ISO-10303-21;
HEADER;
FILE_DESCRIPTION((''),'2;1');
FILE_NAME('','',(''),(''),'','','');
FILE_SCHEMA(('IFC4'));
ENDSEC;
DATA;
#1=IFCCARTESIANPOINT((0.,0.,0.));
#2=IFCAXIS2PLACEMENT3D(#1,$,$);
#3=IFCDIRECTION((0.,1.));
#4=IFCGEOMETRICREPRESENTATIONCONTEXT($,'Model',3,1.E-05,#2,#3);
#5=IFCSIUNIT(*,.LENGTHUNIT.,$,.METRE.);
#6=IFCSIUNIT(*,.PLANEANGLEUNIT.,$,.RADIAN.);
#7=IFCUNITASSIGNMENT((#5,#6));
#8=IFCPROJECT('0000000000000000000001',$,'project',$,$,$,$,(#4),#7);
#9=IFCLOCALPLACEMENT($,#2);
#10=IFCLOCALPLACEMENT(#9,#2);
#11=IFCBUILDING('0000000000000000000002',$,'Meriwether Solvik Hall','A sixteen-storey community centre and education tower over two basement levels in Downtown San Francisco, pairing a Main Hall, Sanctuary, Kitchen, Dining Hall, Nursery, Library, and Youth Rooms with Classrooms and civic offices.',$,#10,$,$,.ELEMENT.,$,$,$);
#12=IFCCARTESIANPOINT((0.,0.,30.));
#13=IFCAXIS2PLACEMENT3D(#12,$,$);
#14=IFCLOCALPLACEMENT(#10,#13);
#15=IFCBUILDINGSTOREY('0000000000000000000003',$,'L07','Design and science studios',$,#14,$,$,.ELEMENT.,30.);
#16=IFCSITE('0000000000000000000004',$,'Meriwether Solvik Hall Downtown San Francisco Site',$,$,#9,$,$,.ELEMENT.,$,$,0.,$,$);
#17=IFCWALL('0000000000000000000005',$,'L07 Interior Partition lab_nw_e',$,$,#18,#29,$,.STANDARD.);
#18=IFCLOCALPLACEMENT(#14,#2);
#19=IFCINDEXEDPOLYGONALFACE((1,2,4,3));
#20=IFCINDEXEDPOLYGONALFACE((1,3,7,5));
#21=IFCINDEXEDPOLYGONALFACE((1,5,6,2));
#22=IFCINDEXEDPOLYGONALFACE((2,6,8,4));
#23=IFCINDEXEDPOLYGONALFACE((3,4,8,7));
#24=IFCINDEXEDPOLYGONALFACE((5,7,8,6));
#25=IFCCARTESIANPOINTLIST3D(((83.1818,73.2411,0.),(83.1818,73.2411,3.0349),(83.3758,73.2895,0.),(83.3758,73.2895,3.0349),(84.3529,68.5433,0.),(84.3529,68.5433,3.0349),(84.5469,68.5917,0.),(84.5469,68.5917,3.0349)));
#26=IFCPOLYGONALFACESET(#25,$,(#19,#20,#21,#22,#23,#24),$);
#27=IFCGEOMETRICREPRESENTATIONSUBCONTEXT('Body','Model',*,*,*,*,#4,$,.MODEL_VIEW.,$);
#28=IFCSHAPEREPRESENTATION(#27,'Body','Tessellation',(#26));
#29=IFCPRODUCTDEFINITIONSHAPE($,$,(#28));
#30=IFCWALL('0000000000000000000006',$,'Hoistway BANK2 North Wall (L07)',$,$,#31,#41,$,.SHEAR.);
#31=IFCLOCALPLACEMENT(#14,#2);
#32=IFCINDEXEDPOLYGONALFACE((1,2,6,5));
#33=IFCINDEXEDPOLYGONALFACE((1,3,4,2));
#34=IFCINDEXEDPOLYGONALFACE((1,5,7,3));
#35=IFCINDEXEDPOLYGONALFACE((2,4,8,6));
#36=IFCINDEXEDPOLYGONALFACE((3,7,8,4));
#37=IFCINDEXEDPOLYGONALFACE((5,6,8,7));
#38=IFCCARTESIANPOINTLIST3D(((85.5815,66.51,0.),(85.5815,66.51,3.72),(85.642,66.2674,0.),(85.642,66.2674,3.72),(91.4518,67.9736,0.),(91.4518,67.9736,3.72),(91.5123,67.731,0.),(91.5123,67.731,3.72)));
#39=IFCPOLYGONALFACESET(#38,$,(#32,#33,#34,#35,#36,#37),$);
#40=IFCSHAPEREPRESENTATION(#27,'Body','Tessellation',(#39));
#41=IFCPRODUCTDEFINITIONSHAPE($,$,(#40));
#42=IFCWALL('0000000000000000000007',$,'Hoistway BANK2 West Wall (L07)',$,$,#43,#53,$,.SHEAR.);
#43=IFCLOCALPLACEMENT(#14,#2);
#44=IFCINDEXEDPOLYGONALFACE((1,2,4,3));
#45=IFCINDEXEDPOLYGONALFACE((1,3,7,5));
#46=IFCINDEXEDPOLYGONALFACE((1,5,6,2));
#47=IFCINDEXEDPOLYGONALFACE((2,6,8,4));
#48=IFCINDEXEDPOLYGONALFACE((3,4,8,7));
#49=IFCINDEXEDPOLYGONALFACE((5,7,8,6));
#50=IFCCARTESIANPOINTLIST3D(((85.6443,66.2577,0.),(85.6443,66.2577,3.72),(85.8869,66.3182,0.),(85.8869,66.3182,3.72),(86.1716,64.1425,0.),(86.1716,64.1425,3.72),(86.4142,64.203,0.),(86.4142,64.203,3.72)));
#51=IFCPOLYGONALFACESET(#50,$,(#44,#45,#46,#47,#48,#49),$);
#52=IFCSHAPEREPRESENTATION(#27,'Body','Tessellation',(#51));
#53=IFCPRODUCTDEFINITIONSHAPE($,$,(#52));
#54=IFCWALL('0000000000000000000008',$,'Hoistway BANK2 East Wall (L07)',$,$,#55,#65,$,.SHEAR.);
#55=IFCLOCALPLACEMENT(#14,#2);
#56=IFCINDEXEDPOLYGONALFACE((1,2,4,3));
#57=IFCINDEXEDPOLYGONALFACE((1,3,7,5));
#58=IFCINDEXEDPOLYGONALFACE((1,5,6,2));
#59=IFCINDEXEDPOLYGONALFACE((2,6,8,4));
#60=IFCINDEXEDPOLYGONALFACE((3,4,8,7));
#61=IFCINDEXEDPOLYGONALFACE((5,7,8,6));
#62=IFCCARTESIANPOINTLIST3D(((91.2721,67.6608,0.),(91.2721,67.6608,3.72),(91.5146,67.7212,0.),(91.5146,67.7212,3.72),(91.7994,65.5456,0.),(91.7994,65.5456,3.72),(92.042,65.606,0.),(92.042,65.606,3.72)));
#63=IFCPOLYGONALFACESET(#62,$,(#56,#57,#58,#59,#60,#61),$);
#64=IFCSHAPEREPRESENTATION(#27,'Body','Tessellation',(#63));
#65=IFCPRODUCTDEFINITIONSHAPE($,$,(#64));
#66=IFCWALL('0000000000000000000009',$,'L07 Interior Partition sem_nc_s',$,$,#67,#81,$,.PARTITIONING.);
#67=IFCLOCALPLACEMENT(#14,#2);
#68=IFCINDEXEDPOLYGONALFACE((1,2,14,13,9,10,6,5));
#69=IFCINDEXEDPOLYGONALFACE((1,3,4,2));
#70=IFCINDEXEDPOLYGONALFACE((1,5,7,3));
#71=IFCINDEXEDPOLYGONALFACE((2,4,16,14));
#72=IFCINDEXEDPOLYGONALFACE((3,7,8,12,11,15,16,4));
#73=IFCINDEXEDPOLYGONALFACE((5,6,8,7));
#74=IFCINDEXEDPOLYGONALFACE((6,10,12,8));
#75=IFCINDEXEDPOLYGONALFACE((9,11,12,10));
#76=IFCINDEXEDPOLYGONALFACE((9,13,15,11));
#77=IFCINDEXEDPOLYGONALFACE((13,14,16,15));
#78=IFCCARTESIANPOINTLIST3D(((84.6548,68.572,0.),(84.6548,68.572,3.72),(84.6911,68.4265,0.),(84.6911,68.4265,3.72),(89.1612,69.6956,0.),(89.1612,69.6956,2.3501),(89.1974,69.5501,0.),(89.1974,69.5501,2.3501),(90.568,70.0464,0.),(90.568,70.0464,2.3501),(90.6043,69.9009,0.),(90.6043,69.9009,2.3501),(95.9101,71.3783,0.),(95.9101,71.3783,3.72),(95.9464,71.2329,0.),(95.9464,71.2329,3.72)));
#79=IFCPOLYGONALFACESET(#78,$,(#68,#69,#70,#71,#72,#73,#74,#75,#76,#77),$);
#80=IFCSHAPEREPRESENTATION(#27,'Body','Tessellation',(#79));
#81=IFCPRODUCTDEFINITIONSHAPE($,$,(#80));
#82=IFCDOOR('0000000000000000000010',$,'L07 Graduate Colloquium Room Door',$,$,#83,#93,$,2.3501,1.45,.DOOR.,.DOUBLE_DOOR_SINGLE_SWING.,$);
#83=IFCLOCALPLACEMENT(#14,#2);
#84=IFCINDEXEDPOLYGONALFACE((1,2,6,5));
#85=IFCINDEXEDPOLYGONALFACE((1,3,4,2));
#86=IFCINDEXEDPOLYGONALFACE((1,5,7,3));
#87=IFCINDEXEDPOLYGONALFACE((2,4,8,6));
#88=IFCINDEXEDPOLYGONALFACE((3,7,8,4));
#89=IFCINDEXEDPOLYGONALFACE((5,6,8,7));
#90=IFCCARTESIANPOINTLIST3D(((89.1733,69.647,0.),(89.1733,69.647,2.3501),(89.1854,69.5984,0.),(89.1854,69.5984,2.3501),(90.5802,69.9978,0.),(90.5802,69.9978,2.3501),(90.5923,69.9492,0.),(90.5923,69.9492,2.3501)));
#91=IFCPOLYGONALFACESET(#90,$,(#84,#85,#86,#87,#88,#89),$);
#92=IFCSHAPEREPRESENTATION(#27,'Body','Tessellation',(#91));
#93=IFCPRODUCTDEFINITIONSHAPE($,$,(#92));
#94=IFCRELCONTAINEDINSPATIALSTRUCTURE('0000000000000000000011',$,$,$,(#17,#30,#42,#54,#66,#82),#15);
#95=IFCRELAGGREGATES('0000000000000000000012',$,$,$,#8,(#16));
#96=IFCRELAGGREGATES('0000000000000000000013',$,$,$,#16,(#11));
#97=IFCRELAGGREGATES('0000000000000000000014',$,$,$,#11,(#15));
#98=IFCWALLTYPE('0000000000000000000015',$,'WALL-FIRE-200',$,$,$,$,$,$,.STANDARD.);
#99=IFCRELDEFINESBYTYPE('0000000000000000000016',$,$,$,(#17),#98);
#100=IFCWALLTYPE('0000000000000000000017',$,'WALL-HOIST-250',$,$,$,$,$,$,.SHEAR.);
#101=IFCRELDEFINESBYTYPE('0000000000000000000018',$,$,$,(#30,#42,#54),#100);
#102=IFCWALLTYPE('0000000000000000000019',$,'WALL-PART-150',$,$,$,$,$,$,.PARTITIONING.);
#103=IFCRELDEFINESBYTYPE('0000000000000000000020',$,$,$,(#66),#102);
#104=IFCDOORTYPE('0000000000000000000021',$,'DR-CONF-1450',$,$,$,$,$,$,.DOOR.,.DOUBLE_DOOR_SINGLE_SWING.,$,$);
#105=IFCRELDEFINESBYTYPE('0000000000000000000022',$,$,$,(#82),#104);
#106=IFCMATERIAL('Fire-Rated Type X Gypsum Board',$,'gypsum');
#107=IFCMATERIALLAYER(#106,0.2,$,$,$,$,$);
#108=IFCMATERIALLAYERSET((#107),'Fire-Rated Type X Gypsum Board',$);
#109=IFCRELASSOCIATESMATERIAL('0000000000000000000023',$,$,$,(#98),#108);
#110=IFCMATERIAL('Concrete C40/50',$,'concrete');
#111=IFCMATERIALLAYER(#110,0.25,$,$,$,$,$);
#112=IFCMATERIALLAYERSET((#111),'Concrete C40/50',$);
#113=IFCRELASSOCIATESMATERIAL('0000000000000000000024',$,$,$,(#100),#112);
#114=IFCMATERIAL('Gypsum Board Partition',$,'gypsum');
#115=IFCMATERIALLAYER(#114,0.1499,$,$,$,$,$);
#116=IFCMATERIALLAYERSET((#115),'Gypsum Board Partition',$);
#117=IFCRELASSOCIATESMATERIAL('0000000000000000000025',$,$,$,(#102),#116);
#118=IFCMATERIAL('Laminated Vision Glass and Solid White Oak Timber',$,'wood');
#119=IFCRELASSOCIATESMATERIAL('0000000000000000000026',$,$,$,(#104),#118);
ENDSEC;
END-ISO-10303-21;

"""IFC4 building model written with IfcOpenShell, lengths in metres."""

from ifc_helpers import new_model, si_unit, direction, frame, frame_2d, origin, place, context, subcontext, project, spatial, rectangle, extrude, material, layer, layer_set, type_object, element, fill, save


model = new_model("IFC4")

# Units and contexts
model_context = context("Model", 3, precision=1e-05, world=origin(), true_north=direction((0.0, 1.0)))
body_context = subcontext(model_context, "Body", "Model", "MODEL_VIEW")
ifc_project = project(units=[si_unit("LENGTHUNIT", "METRE"), si_unit("PLANEANGLEUNIT", "RADIAN")], contexts=[model_context])

# Site, building, storey
site_placement = place(None, origin())
site = spatial("IfcSite", under=ifc_project, at=site_placement, Name="Meriwether Solvik Hall Downtown San Francisco Site", CompositionType="ELEMENT", RefElevation=0.0)
building_placement = place(site_placement, origin())
building = spatial("IfcBuilding", under=site, at=building_placement, Name="Meriwether Solvik Hall", Description="A sixteen-storey community centre and education tower over two basement levels in Downtown San Francisco, pairing a Main Hall, Sanctuary, Kitchen, Dining Hall, Nursery, Library, and Youth Rooms with Classrooms and civic offices.", CompositionType="ELEMENT")
storey_placement = place(building_placement, frame((0.0, 0.0, 30.0)))
storey = spatial("IfcBuildingStorey", under=building, at=storey_placement, Name="L07", Description="Design and science studios", CompositionType="ELEMENT", Elevation=30.0)

# Shared definitions
ifc_material_1 = material(Name="Fire-Rated Type X Gypsum Board", Category="gypsum")
ifc_layer_1 = layer(ifc_material_1, 0.2)
ifc_layer_set_1 = layer_set([ifc_layer_1], Name="Fire-Rated Type X Gypsum Board")
wall_type_1 = type_object("IfcWallType", Name="WALL-FIRE-200", PredefinedType="STANDARD", material=ifc_layer_set_1)

# Walls
wall_1_placement = place(storey_placement, frame((84.45, 68.5674, 0.0), z_axis=(0.0, 0.0, 1.0), x_axis=(-0.241895, 0.970302, 0.0)))
element("IfcWall", 1, at=wall_1_placement, inside=storey, type_object=wall_type_1, Name="L07 Interior Partition lab_nw_e", PredefinedType="STANDARD", context=body_context, shape_type="SweptSolid", body=[
    extrude(rectangle(XDim=4.8416, YDim=0.2, at=frame_2d((2.4209, 0.0))), origin(), (0.0, 0.0, 1.0), 3.0349),
])
ifc_material_2 = material(Name="Concrete C40/50", Category="concrete")
ifc_layer_2 = layer(ifc_material_2, 0.25)
ifc_layer_set_2 = layer_set([ifc_layer_2], Name="Concrete C40/50")
wall_type_2 = type_object("IfcWallType", Name="WALL-HOIST-250", PredefinedType="SHEAR", material=ifc_layer_set_2)
wall_2_placement = place(storey_placement, frame((91.4819, 67.8523, 0.0), z_axis=(0.0, 0.0, 1.0), x_axis=(-0.970297, -0.241918, 0.0)))
element("IfcWall", 2, at=wall_2_placement, inside=storey, type_object=wall_type_2, Name="Hoistway BANK2 North Wall (L07)", PredefinedType="SHEAR", context=body_context, shape_type="SweptSolid", body=[
    extrude(rectangle(XDim=6.05, YDim=0.25, at=frame_2d((3.0249, 0.0))), origin(), (0.0, 0.0, 1.0), 3.72),
])
for number, where, z_axis, x_axis, name in (
    (3, (85.7656, 66.2878, 0.0), (0.0, 0.0, 1.0), (0.241903, -0.9703, 0.0), "Hoistway BANK2 West Wall (L07)"),
    (4, (91.9207, 65.5759, 0.0), (0.0, 0.0, 1.0), (-0.241903, 0.9703, 0.0), "Hoistway BANK2 East Wall (L07)"),
):
    element("IfcWall", number, at=place(storey_placement, frame(where, z_axis=z_axis, x_axis=x_axis)), inside=storey, type_object=wall_type_2, Name=name, PredefinedType="SHEAR", context=body_context, shape_type="SweptSolid", body=[
        extrude(rectangle(XDim=2.1799, YDim=0.25, at=frame_2d((1.0898, 0.0))), origin(), (0.0, 0.0, 1.0), 3.72),
    ])

# Wall, opening, door
ifc_material_3 = material(Name="Gypsum Board Partition", Category="gypsum")
ifc_layer_3 = layer(ifc_material_3, 0.1499)
ifc_layer_set_3 = layer_set([ifc_layer_3], Name="Gypsum Board Partition")
wall_type_3 = type_object("IfcWallType", Name="WALL-PART-150", PredefinedType="PARTITIONING", material=ifc_layer_set_3)
wall_3_placement = place(storey_placement, frame((84.6731, 68.4993, 0.0), z_axis=(0.0, 0.0, 1.0), x_axis=(0.970293, 0.241931, 0.0)))
wall_3 = element("IfcWall", 5, at=wall_3_placement, inside=storey, type_object=wall_type_3, Name="L07 Interior Partition sem_nc_s", PredefinedType="PARTITIONING", context=body_context, shape_type="SweptSolid", body=[
    extrude(rectangle(XDim=11.5999, YDim=0.1499, at=frame_2d((5.7998, 0.0))), origin(), (0.0, 0.0, 1.0), 3.72),
])
opening_1_placement = place(wall_3_placement, frame((4.644, 0.0, 0.0)))
opening_1 = element("IfcOpeningElement", 6, at=opening_1_placement, cuts=wall_3, PredefinedType="OPENING", context=body_context, shape_type="SweptSolid", body=[
    extrude(rectangle(XDim=1.45, YDim=2.3501, at=frame_2d((0.7251, 1.175))), frame((0.0, 0.0869, 0.0), z_axis=(0.0, -1.0, 0.0), x_axis=(1.0, 0.0, 0.0)), (0.0, 0.0, 1.0), 0.1738),
])
ifc_material_4 = material(Name="Laminated Vision Glass and Solid White Oak Timber", Category="wood")
door_type_1 = type_object("IfcDoorType", Name="DR-CONF-1450", OperationType="DOUBLE_DOOR_SINGLE_SWING", PredefinedType="DOOR", material=ifc_material_4)
door_1_placement = place(opening_1_placement, origin())
door_1 = element("IfcDoor", 7, at=door_1_placement, inside=storey, type_object=door_type_1, Name="L07 Graduate Colloquium Room Door", OperationType="DOUBLE_DOOR_SINGLE_SWING", OverallHeight=2.3501, OverallWidth=1.45, PredefinedType="DOOR", context=body_context, shape_type="SweptSolid", body=[
    extrude(rectangle(XDim=1.45, YDim=2.3501, at=frame_2d((0.7251, 1.175))), frame((0.0, 0.0249, 0.0), z_axis=(0.0, -1.0, 0.0), x_axis=(1.0, 0.0, 0.0)), (0.0, 0.0, 1.0), 0.05),
])
fill(opening_1, door_1)

save(model, "model.ifc")
